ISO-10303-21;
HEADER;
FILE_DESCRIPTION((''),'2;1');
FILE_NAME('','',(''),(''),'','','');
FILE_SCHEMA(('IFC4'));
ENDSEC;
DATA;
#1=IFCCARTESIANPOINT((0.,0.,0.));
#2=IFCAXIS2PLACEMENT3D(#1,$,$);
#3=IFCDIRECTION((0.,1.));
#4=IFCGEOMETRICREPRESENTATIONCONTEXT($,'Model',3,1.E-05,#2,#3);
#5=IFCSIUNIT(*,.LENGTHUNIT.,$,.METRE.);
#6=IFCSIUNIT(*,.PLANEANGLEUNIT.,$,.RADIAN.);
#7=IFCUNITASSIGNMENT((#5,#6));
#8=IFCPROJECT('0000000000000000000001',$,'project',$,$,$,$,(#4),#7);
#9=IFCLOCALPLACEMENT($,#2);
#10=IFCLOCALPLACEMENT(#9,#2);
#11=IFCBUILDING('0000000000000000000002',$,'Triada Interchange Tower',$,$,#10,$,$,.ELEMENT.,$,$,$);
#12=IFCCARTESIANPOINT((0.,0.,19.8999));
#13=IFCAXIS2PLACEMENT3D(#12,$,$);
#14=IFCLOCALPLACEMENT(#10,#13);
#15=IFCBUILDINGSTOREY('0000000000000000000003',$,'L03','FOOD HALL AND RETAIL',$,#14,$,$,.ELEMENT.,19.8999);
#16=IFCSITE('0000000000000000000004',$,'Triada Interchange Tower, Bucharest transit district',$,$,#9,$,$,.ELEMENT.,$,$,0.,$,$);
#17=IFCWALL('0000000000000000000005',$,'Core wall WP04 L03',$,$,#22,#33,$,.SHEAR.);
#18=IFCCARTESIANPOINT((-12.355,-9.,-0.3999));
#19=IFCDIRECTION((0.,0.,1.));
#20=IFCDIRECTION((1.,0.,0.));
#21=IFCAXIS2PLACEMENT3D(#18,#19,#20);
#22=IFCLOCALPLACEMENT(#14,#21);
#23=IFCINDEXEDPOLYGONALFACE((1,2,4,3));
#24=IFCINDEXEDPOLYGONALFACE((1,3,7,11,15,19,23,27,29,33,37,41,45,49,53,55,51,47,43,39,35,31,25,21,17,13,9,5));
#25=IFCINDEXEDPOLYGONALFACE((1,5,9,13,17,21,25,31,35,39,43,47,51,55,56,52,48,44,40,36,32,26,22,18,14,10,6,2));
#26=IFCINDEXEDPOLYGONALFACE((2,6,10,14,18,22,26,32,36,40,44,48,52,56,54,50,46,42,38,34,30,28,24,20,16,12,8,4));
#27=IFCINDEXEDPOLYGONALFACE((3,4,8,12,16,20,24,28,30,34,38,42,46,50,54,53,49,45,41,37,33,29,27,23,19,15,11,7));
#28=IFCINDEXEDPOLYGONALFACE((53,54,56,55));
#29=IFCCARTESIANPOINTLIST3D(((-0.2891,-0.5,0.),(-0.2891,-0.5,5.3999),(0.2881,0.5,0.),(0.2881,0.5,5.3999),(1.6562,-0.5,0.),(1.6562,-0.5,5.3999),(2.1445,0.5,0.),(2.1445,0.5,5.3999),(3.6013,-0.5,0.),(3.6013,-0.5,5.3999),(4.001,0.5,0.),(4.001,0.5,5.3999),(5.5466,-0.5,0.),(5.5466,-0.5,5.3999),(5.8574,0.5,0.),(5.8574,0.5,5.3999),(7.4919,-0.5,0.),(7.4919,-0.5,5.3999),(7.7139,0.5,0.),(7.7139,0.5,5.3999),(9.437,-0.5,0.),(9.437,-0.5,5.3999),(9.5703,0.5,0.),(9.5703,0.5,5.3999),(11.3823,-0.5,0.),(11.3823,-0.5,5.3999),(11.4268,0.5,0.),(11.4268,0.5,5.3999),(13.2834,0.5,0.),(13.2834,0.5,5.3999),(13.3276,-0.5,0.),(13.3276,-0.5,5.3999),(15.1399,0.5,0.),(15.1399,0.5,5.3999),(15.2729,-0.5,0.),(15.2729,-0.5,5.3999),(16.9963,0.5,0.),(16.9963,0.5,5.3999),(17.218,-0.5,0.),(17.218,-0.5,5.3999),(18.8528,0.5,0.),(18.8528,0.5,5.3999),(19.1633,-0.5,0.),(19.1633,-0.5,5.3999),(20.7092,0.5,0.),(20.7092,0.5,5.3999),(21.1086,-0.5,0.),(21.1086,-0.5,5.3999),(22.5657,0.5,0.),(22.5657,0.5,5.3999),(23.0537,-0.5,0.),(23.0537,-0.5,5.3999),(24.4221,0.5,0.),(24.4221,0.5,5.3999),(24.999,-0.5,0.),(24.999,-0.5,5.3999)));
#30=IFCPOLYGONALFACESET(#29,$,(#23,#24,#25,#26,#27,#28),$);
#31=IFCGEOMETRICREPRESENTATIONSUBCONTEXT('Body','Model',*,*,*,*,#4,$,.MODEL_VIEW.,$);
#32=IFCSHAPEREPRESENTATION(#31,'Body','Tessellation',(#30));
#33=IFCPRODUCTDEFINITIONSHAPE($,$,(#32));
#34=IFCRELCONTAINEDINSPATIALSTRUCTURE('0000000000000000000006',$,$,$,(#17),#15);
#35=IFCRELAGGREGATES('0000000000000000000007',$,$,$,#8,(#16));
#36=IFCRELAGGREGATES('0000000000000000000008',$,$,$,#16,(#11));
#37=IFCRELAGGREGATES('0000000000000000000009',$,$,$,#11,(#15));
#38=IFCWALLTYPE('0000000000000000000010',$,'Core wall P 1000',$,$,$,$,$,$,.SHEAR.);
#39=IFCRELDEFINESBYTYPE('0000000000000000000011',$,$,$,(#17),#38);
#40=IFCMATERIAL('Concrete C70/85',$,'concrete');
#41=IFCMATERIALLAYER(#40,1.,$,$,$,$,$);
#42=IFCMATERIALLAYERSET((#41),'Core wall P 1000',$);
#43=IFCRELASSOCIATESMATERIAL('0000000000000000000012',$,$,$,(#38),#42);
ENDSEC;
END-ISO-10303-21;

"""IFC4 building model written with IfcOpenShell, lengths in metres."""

from ifc_helpers import new_model, si_unit, direction, frame, origin, place, context, subcontext, project, spatial, polyline, outline, extrude, material, layer, layer_set, type_object, element, save


model = new_model("IFC4")

# Units and contexts
model_context = context("Model", 3, precision=1e-05, world=origin(), true_north=direction((0.0, 1.0)))
body_context = subcontext(model_context, "Body", "Model", "MODEL_VIEW")
ifc_project = project(units=[si_unit("LENGTHUNIT", "METRE"), si_unit("PLANEANGLEUNIT", "RADIAN")], contexts=[model_context])

# Site, building, storey
site_placement = place(None, origin())
site = spatial("IfcSite", under=ifc_project, at=site_placement, Name="Triada Interchange Tower, Bucharest transit district", CompositionType="ELEMENT", RefElevation=0.0)
building_placement = place(site_placement, origin())
building = spatial("IfcBuilding", under=site, at=building_placement, Name="Triada Interchange Tower", CompositionType="ELEMENT")
storey_placement = place(building_placement, frame((0.0, 0.0, 19.8999)))
storey = spatial("IfcBuildingStorey", under=building, at=storey_placement, Name="L03", Description="FOOD HALL AND RETAIL", CompositionType="ELEMENT", Elevation=19.8999)

# Shared definitions
ifc_material_1 = material(Name="Concrete C70/85", Category="concrete")

# Wall
ifc_layer_1 = layer(ifc_material_1, 1.0)
ifc_layer_set_1 = layer_set([ifc_layer_1], Name="Core wall P 1000")
wall_type_1 = type_object("IfcWallType", Name="Core wall P 1000", PredefinedType="SHEAR", material=ifc_layer_set_1)
wall_1_placement = place(storey_placement, frame((-12.355, -9.0, -0.3999), z_axis=(0.0, 0.0, 1.0), x_axis=(1.0, 0.0, 0.0)))
element("IfcWall", 1, at=wall_1_placement, inside=storey, type_object=wall_type_1, Name="Core wall WP04 L03", PredefinedType="SHEAR", context=body_context, shape_type="SweptSolid", body=[
    extrude(outline(polyline([(-0.2891, -0.5), (1.6562, -0.5), (3.6013, -0.5), (5.5466, -0.5), (7.4919, -0.5), (9.437, -0.5), (11.3823, -0.5), (13.3276, -0.5), (15.2729, -0.5), (17.218, -0.5), (19.1633, -0.5), (21.1086, -0.5), (23.0537, -0.5), (24.999, -0.5), (24.4221, 0.5), (22.5657, 0.5), (20.7092, 0.5), (18.8528, 0.5), (16.9963, 0.5), (15.1399, 0.5), (13.2834, 0.5), (11.4268, 0.5), (9.5703, 0.5), (7.7139, 0.5), (5.8574, 0.5), (4.001, 0.5), (2.1445, 0.5), (0.2881, 0.5), (-0.2891, -0.5)])), origin(), (0.0, 0.0, 1.0), 5.3999),
])

save(model, "model.ifc")
